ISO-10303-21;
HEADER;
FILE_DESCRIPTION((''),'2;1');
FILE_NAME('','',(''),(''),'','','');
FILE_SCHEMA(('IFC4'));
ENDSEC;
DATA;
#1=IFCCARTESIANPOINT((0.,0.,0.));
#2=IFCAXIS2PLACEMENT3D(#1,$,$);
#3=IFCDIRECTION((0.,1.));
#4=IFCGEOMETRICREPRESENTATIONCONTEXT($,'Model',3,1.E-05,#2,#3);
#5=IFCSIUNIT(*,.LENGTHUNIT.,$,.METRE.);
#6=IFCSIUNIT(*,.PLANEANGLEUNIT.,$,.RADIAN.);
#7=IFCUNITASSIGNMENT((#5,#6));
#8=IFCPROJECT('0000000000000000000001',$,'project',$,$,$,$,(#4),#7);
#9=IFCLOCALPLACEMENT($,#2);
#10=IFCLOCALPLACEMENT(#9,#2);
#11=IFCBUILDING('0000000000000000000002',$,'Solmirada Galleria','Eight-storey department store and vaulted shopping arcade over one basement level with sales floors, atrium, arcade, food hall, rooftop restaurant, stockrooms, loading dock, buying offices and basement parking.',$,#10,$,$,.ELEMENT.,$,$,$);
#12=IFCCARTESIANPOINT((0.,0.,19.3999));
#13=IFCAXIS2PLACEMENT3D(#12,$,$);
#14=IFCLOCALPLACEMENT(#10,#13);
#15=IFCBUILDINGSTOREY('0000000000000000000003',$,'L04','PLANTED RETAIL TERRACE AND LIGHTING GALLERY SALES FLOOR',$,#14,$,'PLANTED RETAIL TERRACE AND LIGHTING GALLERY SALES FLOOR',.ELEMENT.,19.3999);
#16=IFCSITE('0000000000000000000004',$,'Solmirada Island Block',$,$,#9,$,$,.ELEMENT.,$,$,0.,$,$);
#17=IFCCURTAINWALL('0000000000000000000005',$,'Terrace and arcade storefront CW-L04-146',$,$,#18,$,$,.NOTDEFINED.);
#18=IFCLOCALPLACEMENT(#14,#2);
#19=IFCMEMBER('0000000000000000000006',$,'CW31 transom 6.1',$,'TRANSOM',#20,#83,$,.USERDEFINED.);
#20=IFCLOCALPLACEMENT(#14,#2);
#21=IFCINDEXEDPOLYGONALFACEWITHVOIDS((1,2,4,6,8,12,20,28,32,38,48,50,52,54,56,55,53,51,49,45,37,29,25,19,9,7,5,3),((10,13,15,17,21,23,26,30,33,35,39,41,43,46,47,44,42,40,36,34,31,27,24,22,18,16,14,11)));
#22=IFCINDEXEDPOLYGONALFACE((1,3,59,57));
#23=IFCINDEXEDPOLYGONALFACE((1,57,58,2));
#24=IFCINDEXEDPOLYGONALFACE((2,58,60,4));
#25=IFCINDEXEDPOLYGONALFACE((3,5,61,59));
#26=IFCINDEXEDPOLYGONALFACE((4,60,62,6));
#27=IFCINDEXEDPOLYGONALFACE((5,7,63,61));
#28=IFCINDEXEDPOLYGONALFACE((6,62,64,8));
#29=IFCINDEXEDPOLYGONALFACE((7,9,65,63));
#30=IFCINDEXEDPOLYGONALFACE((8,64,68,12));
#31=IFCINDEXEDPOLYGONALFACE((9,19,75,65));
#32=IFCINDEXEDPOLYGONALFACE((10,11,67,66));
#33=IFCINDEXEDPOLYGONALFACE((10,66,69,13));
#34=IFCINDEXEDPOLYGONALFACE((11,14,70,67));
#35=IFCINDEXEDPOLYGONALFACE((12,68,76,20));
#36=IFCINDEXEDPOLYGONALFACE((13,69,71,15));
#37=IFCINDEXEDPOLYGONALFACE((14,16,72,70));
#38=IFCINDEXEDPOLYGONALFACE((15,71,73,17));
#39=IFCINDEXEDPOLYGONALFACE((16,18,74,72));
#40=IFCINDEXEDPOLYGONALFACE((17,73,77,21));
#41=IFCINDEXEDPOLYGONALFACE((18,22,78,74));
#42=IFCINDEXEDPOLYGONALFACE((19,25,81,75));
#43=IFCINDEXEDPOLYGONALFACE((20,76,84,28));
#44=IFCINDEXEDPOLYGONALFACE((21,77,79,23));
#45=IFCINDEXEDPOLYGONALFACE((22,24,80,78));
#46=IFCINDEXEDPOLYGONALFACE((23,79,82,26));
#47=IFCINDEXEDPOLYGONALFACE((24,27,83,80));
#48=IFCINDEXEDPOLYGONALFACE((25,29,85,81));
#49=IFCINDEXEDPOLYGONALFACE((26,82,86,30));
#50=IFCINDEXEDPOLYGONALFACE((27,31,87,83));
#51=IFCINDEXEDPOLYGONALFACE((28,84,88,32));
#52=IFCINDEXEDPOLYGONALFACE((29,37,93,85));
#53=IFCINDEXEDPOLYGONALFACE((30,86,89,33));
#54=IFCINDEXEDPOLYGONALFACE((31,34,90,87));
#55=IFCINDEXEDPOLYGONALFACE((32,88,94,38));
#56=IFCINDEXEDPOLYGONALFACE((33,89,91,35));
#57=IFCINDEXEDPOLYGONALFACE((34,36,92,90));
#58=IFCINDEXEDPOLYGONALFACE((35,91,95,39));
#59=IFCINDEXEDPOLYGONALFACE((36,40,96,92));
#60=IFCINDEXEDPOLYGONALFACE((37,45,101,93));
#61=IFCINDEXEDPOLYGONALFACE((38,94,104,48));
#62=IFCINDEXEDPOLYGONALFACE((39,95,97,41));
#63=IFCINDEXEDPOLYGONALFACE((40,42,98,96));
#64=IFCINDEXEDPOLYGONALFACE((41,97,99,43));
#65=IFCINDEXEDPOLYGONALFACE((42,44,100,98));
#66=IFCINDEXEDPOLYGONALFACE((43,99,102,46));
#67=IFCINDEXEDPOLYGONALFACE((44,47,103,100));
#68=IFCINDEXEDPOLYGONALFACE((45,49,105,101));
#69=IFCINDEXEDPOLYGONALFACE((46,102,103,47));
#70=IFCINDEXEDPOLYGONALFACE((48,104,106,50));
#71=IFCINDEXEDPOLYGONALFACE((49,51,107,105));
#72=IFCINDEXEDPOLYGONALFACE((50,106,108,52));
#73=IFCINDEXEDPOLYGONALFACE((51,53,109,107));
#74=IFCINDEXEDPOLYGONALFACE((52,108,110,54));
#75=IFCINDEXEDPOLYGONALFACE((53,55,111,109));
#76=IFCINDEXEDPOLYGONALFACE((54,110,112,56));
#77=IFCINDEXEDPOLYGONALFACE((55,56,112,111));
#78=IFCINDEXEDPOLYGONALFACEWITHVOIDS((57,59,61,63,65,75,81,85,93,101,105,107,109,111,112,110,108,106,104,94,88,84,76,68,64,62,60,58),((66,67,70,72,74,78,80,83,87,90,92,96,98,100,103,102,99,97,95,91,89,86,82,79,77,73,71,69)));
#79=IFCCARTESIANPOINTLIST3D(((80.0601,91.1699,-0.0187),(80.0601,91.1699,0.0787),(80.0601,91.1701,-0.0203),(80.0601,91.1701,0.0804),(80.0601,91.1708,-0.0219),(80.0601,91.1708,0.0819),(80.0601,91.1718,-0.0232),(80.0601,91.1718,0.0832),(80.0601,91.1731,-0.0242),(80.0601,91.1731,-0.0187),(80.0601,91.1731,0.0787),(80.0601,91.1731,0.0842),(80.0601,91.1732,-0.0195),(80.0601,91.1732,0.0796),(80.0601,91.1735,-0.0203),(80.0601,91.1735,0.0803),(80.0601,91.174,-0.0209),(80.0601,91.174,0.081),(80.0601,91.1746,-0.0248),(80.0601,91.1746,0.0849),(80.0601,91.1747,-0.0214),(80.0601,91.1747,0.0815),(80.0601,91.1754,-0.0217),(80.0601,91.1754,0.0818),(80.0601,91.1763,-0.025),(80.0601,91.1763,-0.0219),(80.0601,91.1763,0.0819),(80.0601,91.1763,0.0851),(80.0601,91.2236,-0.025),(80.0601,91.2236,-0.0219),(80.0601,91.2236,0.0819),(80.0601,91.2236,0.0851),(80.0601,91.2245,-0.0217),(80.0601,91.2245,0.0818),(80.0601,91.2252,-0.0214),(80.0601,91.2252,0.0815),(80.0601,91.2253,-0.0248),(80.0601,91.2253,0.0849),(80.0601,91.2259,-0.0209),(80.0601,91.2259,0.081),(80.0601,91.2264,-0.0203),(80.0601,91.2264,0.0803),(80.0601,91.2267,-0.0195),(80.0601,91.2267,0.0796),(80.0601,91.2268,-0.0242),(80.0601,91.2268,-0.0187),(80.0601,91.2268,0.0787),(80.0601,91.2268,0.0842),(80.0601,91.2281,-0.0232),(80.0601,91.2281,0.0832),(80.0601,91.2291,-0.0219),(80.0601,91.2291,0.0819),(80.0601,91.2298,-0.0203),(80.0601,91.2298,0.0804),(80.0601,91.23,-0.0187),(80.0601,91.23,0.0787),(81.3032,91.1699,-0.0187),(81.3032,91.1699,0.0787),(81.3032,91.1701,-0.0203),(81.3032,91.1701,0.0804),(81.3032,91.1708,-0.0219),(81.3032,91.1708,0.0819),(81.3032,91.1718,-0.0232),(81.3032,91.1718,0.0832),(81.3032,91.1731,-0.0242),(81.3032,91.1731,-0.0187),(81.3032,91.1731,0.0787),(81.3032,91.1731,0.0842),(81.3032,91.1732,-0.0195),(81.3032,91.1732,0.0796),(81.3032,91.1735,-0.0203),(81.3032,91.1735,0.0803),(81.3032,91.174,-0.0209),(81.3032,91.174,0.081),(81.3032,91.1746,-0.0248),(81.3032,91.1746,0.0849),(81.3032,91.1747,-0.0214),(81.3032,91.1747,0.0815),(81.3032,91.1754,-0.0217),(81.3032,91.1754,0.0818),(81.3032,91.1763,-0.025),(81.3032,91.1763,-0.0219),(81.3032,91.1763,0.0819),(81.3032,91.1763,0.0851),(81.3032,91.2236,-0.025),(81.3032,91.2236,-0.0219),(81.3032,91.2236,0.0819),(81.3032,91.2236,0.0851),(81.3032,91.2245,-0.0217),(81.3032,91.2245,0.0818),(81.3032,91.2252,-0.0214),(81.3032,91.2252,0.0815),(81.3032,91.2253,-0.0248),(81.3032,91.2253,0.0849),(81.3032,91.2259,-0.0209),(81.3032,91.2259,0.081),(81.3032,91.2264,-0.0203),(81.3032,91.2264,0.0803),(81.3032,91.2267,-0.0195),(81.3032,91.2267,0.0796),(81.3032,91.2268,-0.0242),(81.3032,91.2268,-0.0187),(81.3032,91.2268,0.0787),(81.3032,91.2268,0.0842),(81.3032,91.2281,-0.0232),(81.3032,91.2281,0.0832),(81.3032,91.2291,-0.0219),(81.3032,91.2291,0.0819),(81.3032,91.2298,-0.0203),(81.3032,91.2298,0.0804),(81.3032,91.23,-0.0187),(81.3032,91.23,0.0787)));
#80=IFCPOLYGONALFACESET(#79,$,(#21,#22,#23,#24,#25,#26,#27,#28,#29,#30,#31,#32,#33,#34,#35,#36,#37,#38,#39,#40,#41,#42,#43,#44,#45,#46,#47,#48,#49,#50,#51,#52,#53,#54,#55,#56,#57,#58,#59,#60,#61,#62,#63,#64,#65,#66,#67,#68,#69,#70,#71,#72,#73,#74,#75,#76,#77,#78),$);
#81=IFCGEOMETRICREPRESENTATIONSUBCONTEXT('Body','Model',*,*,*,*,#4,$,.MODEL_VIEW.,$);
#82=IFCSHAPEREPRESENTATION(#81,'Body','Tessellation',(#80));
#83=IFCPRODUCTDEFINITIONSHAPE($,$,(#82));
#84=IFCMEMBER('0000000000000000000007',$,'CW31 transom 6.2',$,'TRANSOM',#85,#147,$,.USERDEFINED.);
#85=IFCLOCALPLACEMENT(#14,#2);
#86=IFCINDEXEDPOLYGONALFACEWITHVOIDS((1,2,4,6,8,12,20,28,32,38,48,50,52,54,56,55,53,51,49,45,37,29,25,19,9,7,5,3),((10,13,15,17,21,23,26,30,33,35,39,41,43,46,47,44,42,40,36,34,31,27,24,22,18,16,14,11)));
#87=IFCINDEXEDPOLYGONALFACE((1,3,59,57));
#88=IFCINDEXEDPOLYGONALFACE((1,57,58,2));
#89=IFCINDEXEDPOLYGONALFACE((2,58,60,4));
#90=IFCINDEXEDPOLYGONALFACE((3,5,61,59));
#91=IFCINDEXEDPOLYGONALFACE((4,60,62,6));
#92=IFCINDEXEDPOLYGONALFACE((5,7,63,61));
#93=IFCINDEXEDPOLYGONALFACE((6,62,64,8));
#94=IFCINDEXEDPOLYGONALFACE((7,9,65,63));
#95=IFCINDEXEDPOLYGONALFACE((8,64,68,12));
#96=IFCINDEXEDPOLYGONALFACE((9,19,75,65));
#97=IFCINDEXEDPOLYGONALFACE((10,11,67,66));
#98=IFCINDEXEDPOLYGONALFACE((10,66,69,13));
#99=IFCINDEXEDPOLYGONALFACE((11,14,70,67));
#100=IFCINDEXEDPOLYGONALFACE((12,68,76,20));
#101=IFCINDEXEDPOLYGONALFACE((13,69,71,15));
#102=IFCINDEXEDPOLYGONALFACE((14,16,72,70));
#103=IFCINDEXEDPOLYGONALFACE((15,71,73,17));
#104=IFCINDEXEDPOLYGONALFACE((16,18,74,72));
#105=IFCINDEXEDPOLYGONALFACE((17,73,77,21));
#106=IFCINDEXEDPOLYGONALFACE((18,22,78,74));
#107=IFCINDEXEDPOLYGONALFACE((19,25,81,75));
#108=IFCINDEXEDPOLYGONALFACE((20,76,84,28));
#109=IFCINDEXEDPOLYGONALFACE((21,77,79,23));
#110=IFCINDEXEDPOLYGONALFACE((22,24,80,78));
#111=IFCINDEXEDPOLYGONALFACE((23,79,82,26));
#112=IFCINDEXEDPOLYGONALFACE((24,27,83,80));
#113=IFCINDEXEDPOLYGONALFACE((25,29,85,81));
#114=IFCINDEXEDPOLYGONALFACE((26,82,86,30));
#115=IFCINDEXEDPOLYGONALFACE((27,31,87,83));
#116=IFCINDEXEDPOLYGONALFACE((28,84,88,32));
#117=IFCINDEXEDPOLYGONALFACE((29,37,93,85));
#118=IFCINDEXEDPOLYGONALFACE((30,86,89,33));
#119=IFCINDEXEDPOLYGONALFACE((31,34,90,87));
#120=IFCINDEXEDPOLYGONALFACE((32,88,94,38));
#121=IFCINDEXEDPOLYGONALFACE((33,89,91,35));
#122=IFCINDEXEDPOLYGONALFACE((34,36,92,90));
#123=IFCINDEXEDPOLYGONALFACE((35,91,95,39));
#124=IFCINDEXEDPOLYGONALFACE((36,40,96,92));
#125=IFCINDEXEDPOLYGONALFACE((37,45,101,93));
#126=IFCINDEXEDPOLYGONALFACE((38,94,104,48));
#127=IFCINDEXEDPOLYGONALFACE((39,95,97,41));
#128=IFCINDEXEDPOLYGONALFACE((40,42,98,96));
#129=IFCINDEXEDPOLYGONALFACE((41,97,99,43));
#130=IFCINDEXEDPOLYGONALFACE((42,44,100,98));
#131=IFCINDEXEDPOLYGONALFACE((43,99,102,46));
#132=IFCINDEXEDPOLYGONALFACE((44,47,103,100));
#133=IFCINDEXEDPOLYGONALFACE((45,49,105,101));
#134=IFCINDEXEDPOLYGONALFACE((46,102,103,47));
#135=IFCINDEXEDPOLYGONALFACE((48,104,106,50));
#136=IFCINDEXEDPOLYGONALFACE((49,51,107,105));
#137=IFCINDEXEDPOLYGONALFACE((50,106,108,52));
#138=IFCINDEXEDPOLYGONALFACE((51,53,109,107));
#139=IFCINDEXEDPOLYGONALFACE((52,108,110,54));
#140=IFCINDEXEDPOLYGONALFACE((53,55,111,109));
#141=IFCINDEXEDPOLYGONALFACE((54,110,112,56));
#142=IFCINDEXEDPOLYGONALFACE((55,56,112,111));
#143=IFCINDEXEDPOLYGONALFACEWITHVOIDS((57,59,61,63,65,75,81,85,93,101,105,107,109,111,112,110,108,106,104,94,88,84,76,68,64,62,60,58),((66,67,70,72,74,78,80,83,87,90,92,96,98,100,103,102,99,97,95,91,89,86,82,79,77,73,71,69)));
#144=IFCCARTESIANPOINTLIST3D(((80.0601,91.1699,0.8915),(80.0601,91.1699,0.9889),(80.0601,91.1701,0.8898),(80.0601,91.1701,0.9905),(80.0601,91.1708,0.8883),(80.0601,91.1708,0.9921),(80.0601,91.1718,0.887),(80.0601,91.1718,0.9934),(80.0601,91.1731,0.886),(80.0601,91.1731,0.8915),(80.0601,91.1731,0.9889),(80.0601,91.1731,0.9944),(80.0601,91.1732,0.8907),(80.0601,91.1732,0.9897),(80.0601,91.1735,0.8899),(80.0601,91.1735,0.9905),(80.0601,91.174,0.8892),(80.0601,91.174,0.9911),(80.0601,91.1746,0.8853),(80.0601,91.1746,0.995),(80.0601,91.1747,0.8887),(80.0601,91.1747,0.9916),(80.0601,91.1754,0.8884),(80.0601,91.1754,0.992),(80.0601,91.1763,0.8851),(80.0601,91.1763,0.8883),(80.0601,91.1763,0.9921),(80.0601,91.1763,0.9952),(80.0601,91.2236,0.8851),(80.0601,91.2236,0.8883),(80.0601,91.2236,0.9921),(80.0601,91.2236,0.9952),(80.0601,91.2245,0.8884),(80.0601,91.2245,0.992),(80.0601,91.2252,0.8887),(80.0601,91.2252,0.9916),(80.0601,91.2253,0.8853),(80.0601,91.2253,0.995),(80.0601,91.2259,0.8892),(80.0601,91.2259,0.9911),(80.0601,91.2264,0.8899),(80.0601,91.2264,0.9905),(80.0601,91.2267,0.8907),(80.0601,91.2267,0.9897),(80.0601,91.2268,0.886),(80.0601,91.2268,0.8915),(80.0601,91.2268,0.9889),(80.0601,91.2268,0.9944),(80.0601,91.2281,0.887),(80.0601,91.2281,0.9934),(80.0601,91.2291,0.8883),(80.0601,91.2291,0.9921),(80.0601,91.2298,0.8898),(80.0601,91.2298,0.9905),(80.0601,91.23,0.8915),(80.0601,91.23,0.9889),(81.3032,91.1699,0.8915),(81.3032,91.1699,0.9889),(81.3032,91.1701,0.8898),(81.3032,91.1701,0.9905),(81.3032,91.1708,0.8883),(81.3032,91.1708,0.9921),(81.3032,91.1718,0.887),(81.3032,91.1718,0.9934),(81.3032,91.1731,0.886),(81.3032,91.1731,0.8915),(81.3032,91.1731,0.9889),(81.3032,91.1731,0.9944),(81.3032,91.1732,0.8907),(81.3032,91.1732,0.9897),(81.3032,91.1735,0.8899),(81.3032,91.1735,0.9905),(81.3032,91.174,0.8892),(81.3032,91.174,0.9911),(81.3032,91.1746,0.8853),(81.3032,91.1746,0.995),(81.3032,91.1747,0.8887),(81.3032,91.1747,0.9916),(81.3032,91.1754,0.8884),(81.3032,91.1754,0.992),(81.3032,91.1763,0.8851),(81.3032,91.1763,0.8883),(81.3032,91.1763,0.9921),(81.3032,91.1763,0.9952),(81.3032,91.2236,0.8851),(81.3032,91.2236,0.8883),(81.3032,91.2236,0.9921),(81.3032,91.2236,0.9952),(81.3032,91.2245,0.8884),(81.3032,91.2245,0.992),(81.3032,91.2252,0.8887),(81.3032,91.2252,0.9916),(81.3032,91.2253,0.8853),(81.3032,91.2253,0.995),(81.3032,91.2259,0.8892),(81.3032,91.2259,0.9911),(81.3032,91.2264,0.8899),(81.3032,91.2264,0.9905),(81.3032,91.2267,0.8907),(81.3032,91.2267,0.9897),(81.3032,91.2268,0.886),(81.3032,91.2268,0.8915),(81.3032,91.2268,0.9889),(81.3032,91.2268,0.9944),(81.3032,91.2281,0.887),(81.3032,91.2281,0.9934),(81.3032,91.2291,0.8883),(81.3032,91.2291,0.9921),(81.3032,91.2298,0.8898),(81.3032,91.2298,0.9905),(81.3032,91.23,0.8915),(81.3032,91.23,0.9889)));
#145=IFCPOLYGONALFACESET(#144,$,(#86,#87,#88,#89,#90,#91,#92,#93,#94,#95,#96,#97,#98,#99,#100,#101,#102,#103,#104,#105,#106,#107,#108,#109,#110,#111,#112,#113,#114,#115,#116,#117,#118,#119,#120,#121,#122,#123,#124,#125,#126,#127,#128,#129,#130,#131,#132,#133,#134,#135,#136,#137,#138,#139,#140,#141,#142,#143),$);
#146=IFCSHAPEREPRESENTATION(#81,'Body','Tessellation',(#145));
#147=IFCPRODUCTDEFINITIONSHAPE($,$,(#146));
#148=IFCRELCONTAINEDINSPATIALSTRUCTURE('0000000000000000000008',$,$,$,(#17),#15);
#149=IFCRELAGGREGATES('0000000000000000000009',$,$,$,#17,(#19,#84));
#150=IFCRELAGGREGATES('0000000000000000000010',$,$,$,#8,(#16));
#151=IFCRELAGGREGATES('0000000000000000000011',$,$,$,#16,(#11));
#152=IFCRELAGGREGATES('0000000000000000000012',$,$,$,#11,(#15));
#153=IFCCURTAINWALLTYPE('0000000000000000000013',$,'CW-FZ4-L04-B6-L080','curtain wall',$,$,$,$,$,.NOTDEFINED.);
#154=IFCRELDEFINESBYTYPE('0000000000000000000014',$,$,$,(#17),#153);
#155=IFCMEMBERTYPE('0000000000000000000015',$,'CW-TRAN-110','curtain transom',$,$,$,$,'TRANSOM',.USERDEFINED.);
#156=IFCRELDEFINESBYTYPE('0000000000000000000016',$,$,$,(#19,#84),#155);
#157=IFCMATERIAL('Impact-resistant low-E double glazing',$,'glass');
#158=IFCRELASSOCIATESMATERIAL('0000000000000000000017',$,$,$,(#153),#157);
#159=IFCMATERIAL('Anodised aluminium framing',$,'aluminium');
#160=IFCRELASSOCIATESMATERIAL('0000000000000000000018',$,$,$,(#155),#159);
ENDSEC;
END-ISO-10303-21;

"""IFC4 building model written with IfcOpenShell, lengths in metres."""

from ifc_helpers import new_model, si_unit, direction, frame, origin, origin_2d, place, context, subcontext, project, spatial, hollow_rectangle, extrude, material, material_profile, profile_set, type_object, element, aggregate, save


model = new_model("IFC4")

# Units and contexts
model_context = context("Model", 3, precision=1e-05, world=origin(), true_north=direction((0.0, 1.0)))
body_context = subcontext(model_context, "Body", "Model", "MODEL_VIEW")
ifc_project = project(units=[si_unit("LENGTHUNIT", "METRE"), si_unit("PLANEANGLEUNIT", "RADIAN")], contexts=[model_context])

# Site, building, storey
site_placement = place(None, origin())
site = spatial("IfcSite", under=ifc_project, at=site_placement, Name="Solmirada Island Block", CompositionType="ELEMENT", RefElevation=0.0)
building_placement = place(site_placement, origin())
building = spatial("IfcBuilding", under=site, at=building_placement, Name="Solmirada Galleria", Description="Eight-storey department store and vaulted shopping arcade over one basement level with sales floors, atrium, arcade, food hall, rooftop restaurant, stockrooms, loading dock, buying offices and basement parking.", CompositionType="ELEMENT")
storey_placement = place(building_placement, frame((0.0, 0.0, 19.3999)))
storey = spatial("IfcBuildingStorey", under=building, at=storey_placement, Name="L04", Description="PLANTED RETAIL TERRACE AND LIGHTING GALLERY SALES FLOOR", LongName="PLANTED RETAIL TERRACE AND LIGHTING GALLERY SALES FLOOR", CompositionType="ELEMENT", Elevation=19.3999)

# Curtain wall, members
ifc_material_1 = material(Name="Impact-resistant low-E double glazing", Category="glass")
curtain_wall_type = type_object("IfcCurtainWallType", Name="CW-FZ4-L04-B6-L080", Description="curtain wall", PredefinedType="NOTDEFINED", material=ifc_material_1)
curtain_wall_placement = place(storey_placement, origin())
curtain_wall = element("IfcCurtainWall", 1, at=curtain_wall_placement, inside=storey, type_object=curtain_wall_type, Name="Terrace and arcade storefront CW-L04-146", PredefinedType="NOTDEFINED")
ifc_material_2 = material(Name="Anodised aluminium framing", Category="aluminium")
ifc_material_profile_1 = material_profile(ifc_material_2, hollow_rectangle(XDim=0.0601, YDim=0.1101, WallThickness=0.0032, InnerFilletRadius=0.0032, OuterFilletRadius=0.0063, at=origin_2d()), Name="ALU-TRAN-110X60")
ifc_profile_set_1 = profile_set([ifc_material_profile_1], Name="Anodised aluminium framing")
member_type_1 = type_object("IfcMemberType", Name="CW-TRAN-110", Description="curtain transom", ElementType="TRANSOM", PredefinedType="USERDEFINED", material=ifc_profile_set_1)
member_1_placement = place(storey_placement, frame((81.3032, 91.2, 0.03), z_axis=(-1.0, 0.0, 0.0), x_axis=(0.0, -1.0, 0.0)))
member_1 = element("IfcMember", 2, at=member_1_placement, type_object=member_type_1, Name="CW31 transom 6.1", ObjectType="TRANSOM", PredefinedType="USERDEFINED", context=body_context, shape_type="SweptSolid", body=[
    extrude(hollow_rectangle(XDim=0.0601, YDim=0.1101, WallThickness=0.0032, InnerFilletRadius=0.0032, OuterFilletRadius=0.0063, at=origin_2d()), origin(), (0.0, 0.0, 1.0), 1.2432),
])
member_2_placement = place(storey_placement, frame((81.3032, 91.2, 0.9402), z_axis=(-1.0, 0.0, 0.0), x_axis=(0.0, -1.0, 0.0)))
member_2 = element("IfcMember", 3, at=member_2_placement, type_object=member_type_1, Name="CW31 transom 6.2", ObjectType="TRANSOM", PredefinedType="USERDEFINED", context=body_context, shape_type="SweptSolid", body=[
    extrude(hollow_rectangle(XDim=0.0601, YDim=0.1101, WallThickness=0.0032, InnerFilletRadius=0.0032, OuterFilletRadius=0.0063, at=origin_2d()), origin(), (0.0, 0.0, 1.0), 1.2432),
])
aggregate(curtain_wall, [member_1, member_2])

save(model, "model.ifc")
